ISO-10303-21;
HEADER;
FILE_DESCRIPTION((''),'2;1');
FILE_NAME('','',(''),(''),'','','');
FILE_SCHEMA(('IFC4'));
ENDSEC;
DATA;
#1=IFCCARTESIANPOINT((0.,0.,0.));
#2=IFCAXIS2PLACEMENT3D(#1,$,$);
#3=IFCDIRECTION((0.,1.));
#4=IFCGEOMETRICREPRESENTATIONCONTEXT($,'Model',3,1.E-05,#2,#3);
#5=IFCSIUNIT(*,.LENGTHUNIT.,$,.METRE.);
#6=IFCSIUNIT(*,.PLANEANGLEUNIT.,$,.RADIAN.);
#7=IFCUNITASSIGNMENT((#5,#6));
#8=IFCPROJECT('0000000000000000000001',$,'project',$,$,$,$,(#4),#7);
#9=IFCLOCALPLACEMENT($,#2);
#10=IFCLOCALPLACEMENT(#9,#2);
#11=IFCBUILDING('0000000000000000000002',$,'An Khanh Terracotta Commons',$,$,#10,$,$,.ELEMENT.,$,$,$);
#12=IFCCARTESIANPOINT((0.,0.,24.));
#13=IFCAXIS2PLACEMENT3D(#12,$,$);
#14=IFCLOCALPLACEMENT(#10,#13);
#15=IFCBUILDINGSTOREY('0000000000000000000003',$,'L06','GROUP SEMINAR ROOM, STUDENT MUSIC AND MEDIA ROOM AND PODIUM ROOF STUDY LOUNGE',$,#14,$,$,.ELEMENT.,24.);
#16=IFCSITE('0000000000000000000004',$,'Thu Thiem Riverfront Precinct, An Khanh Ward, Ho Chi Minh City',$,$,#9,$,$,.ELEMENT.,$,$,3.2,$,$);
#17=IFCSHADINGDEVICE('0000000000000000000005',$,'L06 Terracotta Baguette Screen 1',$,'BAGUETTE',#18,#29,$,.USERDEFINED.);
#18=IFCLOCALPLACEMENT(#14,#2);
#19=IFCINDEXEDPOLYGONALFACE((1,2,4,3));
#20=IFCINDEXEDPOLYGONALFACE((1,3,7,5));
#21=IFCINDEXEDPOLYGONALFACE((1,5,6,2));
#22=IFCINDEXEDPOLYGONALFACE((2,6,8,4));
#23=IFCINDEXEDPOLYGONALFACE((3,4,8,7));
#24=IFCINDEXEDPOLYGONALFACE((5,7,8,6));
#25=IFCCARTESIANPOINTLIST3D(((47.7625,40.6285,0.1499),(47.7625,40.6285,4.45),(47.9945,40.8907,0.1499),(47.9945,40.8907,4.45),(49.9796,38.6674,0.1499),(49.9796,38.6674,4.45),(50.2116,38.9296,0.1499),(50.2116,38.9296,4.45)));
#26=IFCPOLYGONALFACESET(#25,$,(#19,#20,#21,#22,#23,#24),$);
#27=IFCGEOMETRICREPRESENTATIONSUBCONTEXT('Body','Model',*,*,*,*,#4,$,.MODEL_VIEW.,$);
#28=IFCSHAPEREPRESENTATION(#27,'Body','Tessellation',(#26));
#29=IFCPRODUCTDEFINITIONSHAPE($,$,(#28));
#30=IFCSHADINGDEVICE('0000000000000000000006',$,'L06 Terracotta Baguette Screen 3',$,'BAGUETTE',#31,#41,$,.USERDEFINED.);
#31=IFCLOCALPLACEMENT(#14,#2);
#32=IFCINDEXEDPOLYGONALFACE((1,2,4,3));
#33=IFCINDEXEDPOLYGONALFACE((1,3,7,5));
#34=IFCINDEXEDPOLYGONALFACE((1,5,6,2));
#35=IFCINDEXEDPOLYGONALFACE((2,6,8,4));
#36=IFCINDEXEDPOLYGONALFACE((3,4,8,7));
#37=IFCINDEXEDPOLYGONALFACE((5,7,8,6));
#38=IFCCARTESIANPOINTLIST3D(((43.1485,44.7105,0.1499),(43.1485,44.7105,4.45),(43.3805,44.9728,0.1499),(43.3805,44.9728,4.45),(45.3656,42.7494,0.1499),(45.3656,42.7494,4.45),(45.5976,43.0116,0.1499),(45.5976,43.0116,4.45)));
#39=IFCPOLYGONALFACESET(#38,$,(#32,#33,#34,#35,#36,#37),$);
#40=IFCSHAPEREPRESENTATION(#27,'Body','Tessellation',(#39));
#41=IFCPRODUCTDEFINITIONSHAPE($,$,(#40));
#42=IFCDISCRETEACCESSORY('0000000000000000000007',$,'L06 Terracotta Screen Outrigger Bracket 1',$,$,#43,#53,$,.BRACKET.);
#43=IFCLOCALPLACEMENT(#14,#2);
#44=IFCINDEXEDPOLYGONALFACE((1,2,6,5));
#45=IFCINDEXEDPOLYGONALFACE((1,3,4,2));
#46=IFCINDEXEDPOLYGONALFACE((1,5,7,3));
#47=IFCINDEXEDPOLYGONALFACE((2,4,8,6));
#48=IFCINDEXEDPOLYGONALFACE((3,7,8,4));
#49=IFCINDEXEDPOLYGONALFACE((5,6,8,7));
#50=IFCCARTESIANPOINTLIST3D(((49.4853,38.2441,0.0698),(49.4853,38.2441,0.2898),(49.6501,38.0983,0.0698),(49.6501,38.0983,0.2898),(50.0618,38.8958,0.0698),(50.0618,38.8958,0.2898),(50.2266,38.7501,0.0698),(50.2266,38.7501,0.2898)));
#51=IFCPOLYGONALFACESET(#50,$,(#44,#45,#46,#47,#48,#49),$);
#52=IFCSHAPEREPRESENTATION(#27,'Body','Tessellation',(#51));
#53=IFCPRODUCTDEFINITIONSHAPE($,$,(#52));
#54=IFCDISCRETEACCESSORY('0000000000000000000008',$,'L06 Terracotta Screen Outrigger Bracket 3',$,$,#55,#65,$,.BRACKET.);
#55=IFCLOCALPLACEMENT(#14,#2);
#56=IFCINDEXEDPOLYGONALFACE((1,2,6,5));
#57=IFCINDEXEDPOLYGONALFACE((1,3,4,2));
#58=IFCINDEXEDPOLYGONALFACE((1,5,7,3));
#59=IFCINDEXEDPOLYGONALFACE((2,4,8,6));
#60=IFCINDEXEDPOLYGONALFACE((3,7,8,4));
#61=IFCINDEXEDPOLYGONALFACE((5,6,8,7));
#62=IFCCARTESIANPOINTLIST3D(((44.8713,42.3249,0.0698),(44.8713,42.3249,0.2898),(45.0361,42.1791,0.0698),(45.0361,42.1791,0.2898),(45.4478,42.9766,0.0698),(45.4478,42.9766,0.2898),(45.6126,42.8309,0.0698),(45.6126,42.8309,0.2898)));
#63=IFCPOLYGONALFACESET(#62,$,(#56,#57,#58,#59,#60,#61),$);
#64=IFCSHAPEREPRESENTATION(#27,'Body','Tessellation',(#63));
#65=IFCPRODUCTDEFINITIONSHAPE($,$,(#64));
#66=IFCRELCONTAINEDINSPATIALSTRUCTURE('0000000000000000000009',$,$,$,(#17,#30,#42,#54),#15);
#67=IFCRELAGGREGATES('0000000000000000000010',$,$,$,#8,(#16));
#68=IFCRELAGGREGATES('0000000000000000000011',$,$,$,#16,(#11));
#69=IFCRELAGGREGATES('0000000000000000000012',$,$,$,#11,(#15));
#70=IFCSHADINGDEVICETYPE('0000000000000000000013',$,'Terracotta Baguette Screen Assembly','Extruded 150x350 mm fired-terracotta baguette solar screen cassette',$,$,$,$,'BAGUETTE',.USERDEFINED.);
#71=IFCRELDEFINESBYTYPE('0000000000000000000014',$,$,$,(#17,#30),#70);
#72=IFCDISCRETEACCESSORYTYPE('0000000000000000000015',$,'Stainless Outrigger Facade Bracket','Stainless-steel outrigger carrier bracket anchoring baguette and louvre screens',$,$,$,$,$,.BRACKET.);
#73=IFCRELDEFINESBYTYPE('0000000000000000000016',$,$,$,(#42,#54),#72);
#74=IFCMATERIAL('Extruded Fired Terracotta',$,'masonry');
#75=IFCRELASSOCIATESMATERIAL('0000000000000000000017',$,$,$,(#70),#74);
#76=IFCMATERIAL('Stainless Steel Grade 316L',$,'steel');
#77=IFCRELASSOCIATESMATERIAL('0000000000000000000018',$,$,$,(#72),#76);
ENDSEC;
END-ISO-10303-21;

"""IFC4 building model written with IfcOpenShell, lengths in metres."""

from ifc_helpers import new_model, si_unit, direction, frame, origin, origin_2d, place, context, subcontext, project, spatial, rectangle, extrude, material, type_object, element, save


model = new_model("IFC4")

# Units and contexts
model_context = context("Model", 3, precision=1e-05, world=origin(), true_north=direction((0.0, 1.0)))
body_context = subcontext(model_context, "Body", "Model", "MODEL_VIEW")
ifc_project = project(units=[si_unit("LENGTHUNIT", "METRE"), si_unit("PLANEANGLEUNIT", "RADIAN")], contexts=[model_context])

# Site, building, storey
site_placement = place(None, origin())
site = spatial("IfcSite", under=ifc_project, at=site_placement, Name="Thu Thiem Riverfront Precinct, An Khanh Ward, Ho Chi Minh City", CompositionType="ELEMENT", RefElevation=3.2)
building_placement = place(site_placement, origin())
building = spatial("IfcBuilding", under=site, at=building_placement, Name="An Khanh Terracotta Commons", CompositionType="ELEMENT")
storey_placement = place(building_placement, frame((0.0, 0.0, 24.0)))
storey = spatial("IfcBuildingStorey", under=building, at=storey_placement, Name="L06", Description="GROUP SEMINAR ROOM, STUDENT MUSIC AND MEDIA ROOM AND PODIUM ROOF STUDY LOUNGE", CompositionType="ELEMENT", Elevation=24.0)

# Shading devices
ifc_material_1 = material(Name="Extruded Fired Terracotta", Category="masonry")
shading_device_type = type_object("IfcShadingDeviceType", Name="Terracotta Baguette Screen Assembly", Description="Extruded 150x350 mm fired-terracotta baguette solar screen cassette", ElementType="BAGUETTE", PredefinedType="USERDEFINED", material=ifc_material_1)
for number, where, z_axis, x_axis, name in (
    (1, (48.9871, 39.7791, 0.1499), (0.0, 0.0, 1.0), (-0.749019, 0.662548, 0.0), "L06 Terracotta Baguette Screen 1"),
    (2, (44.373, 43.8611, 0.1499), (0.0, 0.0, 1.0), (-0.749019, 0.662548, 0.0), "L06 Terracotta Baguette Screen 3"),
):
    element("IfcShadingDevice", number, at=place(storey_placement, frame(where, z_axis=z_axis, x_axis=x_axis)), inside=storey, type_object=shading_device_type, Name=name, ObjectType="BAGUETTE", PredefinedType="USERDEFINED", context=body_context, shape_type="SweptSolid", body=[
        extrude(rectangle(XDim=2.96, YDim=0.3501, at=origin_2d()), origin(), (0.0, 0.0, 1.0), 4.3),
    ])

# Discrete accessories
ifc_material_2 = material(Name="Stainless Steel Grade 316L", Category="steel")
discrete_accessory_type = type_object("IfcDiscreteAccessoryType", Name="Stainless Outrigger Facade Bracket", Description="Stainless-steel outrigger carrier bracket anchoring baguette and louvre screens", PredefinedType="BRACKET", material=ifc_material_2)
for number, where, z_axis, x_axis, name in (
    (3, (49.856, 38.4971, 0.0698), (0.0, 0.0, 1.0), (-0.749019, 0.662548, 0.0), "L06 Terracotta Screen Outrigger Bracket 1"),
    (4, (45.2419, 42.5779, 0.0698), (0.0, 0.0, 1.0), (-0.749019, 0.662548, 0.0), "L06 Terracotta Screen Outrigger Bracket 3"),
):
    element("IfcDiscreteAccessory", number, at=place(storey_placement, frame(where, z_axis=z_axis, x_axis=x_axis)), inside=storey, type_object=discrete_accessory_type, Name=name, PredefinedType="BRACKET", context=body_context, shape_type="SweptSolid", body=[
        extrude(rectangle(XDim=0.22, YDim=0.8701, at=origin_2d()), origin(), (0.0, 0.0, 1.0), 0.22),
    ])

save(model, "model.ifc")
